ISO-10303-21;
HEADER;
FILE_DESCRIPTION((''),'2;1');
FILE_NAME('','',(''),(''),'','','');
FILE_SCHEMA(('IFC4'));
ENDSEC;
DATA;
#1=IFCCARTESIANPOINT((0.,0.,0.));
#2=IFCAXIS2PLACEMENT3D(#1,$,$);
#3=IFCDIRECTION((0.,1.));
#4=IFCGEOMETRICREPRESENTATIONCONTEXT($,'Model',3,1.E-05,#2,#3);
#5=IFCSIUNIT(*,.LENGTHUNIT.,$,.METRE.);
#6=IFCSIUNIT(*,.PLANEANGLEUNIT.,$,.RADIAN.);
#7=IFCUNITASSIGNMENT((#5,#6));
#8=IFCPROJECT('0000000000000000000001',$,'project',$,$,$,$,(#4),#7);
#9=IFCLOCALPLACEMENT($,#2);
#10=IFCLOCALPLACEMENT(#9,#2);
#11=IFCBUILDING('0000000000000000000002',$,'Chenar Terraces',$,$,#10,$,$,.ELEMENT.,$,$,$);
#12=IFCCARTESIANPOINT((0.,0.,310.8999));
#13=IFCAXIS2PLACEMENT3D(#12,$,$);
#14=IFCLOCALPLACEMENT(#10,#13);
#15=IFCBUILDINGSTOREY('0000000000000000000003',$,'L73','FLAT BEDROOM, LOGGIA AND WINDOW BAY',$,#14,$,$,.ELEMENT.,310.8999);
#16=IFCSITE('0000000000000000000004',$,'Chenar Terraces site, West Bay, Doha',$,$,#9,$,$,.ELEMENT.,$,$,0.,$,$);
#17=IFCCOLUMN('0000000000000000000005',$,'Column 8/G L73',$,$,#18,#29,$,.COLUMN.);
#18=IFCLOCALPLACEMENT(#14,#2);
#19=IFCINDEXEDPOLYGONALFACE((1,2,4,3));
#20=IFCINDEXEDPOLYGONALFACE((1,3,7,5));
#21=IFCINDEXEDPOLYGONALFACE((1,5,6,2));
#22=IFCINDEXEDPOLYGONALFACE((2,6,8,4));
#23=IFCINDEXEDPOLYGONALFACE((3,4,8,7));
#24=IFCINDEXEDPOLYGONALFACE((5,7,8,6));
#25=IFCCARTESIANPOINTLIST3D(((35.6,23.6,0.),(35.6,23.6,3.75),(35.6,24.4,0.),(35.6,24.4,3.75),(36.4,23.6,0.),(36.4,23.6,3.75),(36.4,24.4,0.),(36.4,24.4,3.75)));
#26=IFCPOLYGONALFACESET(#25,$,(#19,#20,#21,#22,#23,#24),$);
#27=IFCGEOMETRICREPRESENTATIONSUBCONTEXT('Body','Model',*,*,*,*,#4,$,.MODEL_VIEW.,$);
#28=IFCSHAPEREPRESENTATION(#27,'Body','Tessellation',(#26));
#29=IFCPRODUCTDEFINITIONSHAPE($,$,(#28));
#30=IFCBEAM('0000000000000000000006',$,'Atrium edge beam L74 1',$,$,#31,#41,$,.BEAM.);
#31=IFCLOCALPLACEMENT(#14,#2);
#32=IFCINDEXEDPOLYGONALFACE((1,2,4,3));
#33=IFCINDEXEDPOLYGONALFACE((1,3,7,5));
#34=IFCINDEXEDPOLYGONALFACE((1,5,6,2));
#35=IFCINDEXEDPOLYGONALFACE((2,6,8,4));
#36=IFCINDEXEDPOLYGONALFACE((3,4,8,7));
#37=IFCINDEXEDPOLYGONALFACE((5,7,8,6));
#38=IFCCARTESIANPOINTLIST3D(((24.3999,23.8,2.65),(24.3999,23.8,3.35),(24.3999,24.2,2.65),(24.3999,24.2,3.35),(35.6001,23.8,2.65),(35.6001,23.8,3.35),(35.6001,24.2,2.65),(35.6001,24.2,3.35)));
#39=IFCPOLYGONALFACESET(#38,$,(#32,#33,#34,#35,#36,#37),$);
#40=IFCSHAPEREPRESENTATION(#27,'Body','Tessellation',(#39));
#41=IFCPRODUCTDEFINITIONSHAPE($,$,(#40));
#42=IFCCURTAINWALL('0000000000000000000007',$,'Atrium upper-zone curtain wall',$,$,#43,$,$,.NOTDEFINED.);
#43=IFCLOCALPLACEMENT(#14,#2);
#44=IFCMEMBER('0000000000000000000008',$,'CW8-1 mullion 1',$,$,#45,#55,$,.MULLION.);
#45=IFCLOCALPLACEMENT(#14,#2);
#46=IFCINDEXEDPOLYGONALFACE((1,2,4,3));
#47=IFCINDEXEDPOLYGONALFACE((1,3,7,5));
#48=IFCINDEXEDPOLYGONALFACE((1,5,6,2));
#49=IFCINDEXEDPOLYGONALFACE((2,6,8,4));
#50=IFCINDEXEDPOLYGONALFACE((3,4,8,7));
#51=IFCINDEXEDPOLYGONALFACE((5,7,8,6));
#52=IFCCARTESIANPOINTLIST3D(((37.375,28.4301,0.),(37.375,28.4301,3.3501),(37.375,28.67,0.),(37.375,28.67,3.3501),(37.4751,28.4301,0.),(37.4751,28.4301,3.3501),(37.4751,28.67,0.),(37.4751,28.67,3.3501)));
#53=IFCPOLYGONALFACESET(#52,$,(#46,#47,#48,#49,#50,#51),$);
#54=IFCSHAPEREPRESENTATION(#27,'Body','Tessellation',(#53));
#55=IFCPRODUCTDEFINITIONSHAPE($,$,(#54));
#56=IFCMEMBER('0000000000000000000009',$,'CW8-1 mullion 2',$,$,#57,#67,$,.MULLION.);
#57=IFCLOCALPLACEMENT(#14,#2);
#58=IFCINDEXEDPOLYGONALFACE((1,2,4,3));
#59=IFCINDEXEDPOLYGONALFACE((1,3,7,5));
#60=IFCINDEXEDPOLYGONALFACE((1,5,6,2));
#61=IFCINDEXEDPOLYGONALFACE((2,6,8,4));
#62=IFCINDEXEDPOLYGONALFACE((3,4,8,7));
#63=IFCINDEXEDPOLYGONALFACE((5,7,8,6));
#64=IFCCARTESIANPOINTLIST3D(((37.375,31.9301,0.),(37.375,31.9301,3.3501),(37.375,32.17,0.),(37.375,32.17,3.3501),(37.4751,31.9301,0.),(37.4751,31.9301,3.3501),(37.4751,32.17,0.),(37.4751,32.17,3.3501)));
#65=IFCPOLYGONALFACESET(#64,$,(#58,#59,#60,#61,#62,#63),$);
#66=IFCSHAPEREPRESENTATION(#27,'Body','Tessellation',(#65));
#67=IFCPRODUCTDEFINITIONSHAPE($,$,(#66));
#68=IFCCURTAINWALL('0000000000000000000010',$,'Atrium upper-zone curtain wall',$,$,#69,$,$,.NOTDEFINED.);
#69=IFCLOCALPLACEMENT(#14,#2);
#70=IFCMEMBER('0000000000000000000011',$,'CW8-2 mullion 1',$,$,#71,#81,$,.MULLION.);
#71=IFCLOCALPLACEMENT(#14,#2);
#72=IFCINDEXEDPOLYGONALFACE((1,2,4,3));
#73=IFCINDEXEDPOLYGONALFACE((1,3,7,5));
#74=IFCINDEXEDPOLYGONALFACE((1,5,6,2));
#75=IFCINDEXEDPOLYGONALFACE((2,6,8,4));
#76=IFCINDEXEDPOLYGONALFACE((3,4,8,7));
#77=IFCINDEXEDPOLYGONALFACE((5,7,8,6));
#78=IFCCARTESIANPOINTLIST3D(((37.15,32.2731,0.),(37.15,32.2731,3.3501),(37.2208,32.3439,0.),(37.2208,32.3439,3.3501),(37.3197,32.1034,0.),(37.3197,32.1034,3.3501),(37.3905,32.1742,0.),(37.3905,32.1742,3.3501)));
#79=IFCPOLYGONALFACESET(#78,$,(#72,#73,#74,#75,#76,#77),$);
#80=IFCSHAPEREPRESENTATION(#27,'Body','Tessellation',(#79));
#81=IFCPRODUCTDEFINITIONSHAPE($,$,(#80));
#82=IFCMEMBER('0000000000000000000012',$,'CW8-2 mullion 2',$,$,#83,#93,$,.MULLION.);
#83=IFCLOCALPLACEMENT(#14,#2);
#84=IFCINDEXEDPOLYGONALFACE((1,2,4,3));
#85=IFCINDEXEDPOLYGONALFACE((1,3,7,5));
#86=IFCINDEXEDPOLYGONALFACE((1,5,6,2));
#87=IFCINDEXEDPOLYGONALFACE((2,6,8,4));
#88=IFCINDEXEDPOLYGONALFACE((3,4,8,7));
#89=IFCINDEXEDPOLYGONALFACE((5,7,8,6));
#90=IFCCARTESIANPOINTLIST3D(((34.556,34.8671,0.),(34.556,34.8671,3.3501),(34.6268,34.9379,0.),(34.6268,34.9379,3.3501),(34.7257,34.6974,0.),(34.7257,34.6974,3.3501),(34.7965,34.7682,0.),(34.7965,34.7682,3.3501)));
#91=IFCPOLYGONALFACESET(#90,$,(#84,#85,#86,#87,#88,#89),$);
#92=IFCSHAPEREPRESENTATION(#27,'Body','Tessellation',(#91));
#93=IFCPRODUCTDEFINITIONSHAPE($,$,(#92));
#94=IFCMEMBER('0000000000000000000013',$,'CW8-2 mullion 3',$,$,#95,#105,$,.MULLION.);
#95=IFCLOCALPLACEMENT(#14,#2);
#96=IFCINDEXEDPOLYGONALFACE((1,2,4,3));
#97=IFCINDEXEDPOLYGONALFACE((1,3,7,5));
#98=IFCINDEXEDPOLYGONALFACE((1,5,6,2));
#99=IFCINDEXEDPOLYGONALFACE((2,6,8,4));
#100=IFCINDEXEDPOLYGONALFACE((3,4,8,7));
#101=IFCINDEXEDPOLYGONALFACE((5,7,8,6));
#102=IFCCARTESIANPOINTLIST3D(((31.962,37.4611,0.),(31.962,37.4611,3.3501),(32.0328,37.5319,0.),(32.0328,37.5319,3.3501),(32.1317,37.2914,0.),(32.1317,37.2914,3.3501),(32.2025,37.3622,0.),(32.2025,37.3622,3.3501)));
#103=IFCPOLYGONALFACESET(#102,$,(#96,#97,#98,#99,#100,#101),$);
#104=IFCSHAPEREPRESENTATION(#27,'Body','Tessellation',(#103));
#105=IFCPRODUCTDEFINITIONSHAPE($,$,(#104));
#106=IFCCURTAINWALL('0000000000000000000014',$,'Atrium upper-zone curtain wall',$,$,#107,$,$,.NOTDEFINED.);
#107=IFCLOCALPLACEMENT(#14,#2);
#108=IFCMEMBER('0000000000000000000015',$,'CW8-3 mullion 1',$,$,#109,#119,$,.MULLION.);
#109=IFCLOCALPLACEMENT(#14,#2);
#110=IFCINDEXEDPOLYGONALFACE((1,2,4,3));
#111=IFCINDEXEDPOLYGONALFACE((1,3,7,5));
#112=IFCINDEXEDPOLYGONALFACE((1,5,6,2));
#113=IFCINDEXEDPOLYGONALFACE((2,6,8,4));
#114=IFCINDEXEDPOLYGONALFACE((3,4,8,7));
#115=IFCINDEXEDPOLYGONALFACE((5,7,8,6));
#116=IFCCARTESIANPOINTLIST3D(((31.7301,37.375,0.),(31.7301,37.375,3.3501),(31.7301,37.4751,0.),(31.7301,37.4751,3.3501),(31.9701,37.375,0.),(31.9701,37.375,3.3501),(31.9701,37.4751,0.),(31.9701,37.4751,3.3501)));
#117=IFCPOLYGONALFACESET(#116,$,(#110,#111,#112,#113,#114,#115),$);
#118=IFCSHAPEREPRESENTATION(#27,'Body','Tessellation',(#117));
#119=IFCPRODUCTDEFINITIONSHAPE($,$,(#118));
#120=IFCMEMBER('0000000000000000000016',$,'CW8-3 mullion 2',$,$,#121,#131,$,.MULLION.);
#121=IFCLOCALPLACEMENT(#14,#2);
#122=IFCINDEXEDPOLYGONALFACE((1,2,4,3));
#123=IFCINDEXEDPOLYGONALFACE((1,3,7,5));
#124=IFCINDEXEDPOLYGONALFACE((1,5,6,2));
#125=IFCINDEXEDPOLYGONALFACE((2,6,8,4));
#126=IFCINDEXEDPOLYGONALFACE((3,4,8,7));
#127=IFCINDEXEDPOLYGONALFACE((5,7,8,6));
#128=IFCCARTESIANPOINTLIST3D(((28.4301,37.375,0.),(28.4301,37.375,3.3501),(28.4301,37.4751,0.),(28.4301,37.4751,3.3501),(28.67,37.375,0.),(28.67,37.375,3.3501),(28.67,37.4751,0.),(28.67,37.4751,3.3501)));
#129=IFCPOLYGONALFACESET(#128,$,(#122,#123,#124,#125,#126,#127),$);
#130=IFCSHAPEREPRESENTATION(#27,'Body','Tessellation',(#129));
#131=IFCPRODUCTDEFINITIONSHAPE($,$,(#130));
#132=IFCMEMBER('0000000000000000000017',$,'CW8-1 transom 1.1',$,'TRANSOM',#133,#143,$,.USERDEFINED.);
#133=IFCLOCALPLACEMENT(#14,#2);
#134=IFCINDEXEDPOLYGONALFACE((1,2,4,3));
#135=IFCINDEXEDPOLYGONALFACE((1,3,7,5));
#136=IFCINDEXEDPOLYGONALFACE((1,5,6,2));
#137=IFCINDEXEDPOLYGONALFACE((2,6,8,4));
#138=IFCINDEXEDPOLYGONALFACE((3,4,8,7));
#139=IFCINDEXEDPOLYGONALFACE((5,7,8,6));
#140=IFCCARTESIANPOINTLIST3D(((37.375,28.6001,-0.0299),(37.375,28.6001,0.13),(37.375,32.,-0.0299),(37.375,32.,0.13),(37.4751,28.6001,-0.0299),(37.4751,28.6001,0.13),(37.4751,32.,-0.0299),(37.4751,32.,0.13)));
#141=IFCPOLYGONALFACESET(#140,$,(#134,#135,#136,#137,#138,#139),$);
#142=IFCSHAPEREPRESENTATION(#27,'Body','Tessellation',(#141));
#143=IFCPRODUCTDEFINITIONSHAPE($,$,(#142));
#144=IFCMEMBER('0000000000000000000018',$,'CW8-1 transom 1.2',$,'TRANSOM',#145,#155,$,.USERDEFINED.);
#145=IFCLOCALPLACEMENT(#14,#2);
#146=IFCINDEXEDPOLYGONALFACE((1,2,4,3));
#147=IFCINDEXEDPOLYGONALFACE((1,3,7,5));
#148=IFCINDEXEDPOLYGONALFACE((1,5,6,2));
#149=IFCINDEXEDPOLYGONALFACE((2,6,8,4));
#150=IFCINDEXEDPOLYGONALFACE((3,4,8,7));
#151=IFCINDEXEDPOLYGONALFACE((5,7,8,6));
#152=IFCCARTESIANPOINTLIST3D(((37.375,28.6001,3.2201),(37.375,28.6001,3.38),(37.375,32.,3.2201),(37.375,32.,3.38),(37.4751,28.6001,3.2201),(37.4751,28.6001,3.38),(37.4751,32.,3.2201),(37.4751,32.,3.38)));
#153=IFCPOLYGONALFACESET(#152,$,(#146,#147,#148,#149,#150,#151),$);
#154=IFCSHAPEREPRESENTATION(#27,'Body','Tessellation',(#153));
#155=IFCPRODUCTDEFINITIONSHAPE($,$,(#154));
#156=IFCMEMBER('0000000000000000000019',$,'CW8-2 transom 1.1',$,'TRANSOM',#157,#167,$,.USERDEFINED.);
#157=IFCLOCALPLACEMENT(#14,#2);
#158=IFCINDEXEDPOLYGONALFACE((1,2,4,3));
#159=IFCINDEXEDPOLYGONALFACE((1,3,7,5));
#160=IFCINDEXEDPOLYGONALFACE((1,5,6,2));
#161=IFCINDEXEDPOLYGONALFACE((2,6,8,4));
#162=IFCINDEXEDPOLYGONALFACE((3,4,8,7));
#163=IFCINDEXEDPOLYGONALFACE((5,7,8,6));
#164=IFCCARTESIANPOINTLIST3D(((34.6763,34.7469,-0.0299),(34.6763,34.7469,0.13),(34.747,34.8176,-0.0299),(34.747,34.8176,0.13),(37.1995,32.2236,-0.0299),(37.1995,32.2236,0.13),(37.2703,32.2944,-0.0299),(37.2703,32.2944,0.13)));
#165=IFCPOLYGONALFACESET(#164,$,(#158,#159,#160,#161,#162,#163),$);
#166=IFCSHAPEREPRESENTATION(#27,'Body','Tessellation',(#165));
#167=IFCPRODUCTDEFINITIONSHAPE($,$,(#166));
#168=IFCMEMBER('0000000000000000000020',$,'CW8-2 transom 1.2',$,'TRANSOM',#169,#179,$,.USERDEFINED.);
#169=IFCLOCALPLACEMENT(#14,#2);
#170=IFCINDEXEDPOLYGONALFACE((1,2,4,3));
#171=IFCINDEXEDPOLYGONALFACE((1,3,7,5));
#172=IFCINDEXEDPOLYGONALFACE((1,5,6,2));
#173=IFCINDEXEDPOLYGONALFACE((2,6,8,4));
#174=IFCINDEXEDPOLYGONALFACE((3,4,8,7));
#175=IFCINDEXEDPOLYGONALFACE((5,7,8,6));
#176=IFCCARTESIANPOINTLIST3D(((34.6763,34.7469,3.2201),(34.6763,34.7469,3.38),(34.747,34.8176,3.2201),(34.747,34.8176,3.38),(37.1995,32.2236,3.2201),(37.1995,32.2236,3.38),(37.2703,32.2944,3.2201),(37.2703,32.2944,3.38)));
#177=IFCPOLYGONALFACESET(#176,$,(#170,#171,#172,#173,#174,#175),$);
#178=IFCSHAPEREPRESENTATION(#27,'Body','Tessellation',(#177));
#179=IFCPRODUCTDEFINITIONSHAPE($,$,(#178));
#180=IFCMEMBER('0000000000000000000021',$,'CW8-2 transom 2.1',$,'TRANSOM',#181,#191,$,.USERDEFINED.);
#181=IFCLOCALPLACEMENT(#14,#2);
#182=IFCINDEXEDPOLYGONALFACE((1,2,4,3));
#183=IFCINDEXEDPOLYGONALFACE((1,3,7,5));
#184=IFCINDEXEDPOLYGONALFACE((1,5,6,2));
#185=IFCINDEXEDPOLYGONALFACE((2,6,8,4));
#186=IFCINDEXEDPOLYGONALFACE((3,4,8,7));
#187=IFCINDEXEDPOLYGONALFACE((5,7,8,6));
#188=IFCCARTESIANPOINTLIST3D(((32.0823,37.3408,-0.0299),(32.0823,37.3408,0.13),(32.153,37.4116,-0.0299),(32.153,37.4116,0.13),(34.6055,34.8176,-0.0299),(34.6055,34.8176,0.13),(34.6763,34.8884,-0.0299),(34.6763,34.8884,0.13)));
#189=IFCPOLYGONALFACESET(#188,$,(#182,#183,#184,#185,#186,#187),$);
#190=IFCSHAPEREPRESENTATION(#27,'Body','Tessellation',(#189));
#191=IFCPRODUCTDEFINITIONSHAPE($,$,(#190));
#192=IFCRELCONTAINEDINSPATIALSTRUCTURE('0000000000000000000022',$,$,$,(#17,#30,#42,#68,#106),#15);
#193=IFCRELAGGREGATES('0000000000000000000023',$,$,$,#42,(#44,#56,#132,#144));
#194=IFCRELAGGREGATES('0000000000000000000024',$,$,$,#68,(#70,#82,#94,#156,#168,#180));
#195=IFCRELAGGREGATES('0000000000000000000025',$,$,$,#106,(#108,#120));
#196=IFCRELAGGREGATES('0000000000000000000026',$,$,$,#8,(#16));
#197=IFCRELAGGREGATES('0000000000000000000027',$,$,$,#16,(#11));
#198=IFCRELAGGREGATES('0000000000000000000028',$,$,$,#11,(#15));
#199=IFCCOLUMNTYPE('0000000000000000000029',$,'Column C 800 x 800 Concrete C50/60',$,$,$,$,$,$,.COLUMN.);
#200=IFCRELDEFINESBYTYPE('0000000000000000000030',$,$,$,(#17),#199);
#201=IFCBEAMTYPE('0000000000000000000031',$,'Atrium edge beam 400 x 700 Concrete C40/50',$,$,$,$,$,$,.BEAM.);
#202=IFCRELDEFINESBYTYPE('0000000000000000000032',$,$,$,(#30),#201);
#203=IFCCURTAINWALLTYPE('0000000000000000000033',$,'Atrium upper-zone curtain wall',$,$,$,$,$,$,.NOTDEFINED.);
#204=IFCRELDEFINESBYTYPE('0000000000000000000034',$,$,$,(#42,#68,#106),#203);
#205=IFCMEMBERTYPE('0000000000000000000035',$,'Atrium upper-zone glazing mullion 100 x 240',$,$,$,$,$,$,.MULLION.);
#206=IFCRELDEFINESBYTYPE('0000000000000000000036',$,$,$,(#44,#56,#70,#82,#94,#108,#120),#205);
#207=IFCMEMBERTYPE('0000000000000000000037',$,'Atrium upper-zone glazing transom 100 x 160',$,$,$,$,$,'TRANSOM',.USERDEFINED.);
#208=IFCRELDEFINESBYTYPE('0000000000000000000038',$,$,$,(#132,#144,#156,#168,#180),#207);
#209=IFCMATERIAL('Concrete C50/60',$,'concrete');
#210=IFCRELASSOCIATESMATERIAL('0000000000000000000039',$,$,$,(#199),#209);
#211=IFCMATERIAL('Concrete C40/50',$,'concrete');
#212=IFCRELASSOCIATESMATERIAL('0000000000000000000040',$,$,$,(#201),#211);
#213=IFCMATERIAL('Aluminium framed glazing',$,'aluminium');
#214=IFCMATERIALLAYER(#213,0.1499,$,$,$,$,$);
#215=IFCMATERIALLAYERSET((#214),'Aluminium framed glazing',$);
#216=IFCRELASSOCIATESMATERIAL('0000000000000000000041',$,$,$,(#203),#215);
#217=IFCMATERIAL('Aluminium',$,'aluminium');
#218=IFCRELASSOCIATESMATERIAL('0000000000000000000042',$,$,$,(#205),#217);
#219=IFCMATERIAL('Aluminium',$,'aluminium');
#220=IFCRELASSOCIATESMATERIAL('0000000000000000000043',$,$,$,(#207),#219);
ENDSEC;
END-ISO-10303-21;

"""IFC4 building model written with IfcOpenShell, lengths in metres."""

from ifc_helpers import new_model, si_unit, direction, frame, origin, origin_2d, place, context, subcontext, project, spatial, rectangle, extrude, material, layer, layer_set, material_profile, profile_set, type_object, element, aggregate, save


model = new_model("IFC4")

# Units and contexts
model_context = context("Model", 3, precision=1e-05, world=origin(), true_north=direction((0.0, 1.0)))
body_context = subcontext(model_context, "Body", "Model", "MODEL_VIEW")
ifc_project = project(units=[si_unit("LENGTHUNIT", "METRE"), si_unit("PLANEANGLEUNIT", "RADIAN")], contexts=[model_context])

# Site, building, storey
site_placement = place(None, origin())
site = spatial("IfcSite", under=ifc_project, at=site_placement, Name="Chenar Terraces site, West Bay, Doha", CompositionType="ELEMENT", RefElevation=0.0)
building_placement = place(site_placement, origin())
building = spatial("IfcBuilding", under=site, at=building_placement, Name="Chenar Terraces", CompositionType="ELEMENT")
storey_placement = place(building_placement, frame((0.0, 0.0, 310.8999)))
storey = spatial("IfcBuildingStorey", under=building, at=storey_placement, Name="L73", Description="FLAT BEDROOM, LOGGIA AND WINDOW BAY", CompositionType="ELEMENT", Elevation=310.8999)

# Column
ifc_material_1 = material(Name="Concrete C50/60", Category="concrete")
ifc_material_profile_1 = material_profile(ifc_material_1, rectangle(XDim=0.8, YDim=0.8, at=origin_2d()), Name="C 800 x 800")
ifc_profile_set_1 = profile_set([ifc_material_profile_1], Name="Concrete C50/60")
column_type = type_object("IfcColumnType", Name="Column C 800 x 800 Concrete C50/60", PredefinedType="COLUMN", material=ifc_profile_set_1)
column_placement = place(storey_placement, frame((36.0, 24.0, 0.0), z_axis=(0.0, 0.0, 1.0), x_axis=(1.0, 0.0, 0.0)))
element("IfcColumn", 1, at=column_placement, inside=storey, type_object=column_type, Name="Column 8/G L73", PredefinedType="COLUMN", context=body_context, shape_type="SweptSolid", body=[
    extrude(rectangle(XDim=0.8, YDim=0.8, at=origin_2d()), origin(), (0.0, 0.0, 1.0), 3.75),
])

# Beam
ifc_material_2 = material(Name="Concrete C40/50", Category="concrete")
ifc_material_profile_2 = material_profile(ifc_material_2, rectangle(XDim=0.3999, YDim=0.7, at=origin_2d()), Name="RC 400 x 700")
ifc_profile_set_2 = profile_set([ifc_material_profile_2], Name="Concrete C40/50")
beam_type = type_object("IfcBeamType", Name="Atrium edge beam 400 x 700 Concrete C40/50", PredefinedType="BEAM", material=ifc_profile_set_2)
beam_placement = place(storey_placement, frame((24.3999, 24.0, 3.0), z_axis=(1.0, 0.0, 0.0), x_axis=(0.0, 1.0, 0.0)))
element("IfcBeam", 2, at=beam_placement, inside=storey, type_object=beam_type, Name="Atrium edge beam L74 1", PredefinedType="BEAM", context=body_context, shape_type="SweptSolid", body=[
    extrude(rectangle(XDim=0.3999, YDim=0.7, at=origin_2d()), origin(), (0.0, 0.0, 1.0), 11.2002),
])

# Curtain walls, members
ifc_material_3 = material(Name="Aluminium framed glazing", Category="aluminium")
ifc_layer_1 = layer(ifc_material_3, 0.1499)
ifc_layer_set_1 = layer_set([ifc_layer_1], Name="Aluminium framed glazing")
curtain_wall_type = type_object("IfcCurtainWallType", Name="Atrium upper-zone curtain wall", PredefinedType="NOTDEFINED", material=ifc_layer_set_1)
placement = place(storey_placement, origin())
curtain_wall_1 = element("IfcCurtainWall", 3, at=placement, inside=storey, type_object=curtain_wall_type, Name="Atrium upper-zone curtain wall", PredefinedType="NOTDEFINED")
ifc_material_4 = material(Name="Aluminium", Category="aluminium")
ifc_material_profile_3 = material_profile(ifc_material_4, rectangle(XDim=0.1001, YDim=0.24, at=origin_2d()), Name="Atrium upper-zone glazing mullion 100 x 240")
ifc_profile_set_3 = profile_set([ifc_material_profile_3], Name="Aluminium")
member_type_1 = type_object("IfcMemberType", Name="Atrium upper-zone glazing mullion 100 x 240", PredefinedType="MULLION", material=ifc_profile_set_3)
member_1_placement = place(storey_placement, frame((37.425, 28.55, 0.0), z_axis=(0.0, 0.0, 1.0), x_axis=(-1.0, 0.0, 0.0)))
member_1 = element("IfcMember", 4, at=member_1_placement, type_object=member_type_1, Name="CW8-1 mullion 1", PredefinedType="MULLION", context=body_context, shape_type="SweptSolid", body=[
    extrude(rectangle(XDim=0.1001, YDim=0.24, at=origin_2d()), origin(), (0.0, 0.0, 1.0), 3.3501),
])
member_2_placement = place(storey_placement, frame((37.425, 32.05, 0.0), z_axis=(0.0, 0.0, 1.0), x_axis=(-1.0, 0.0, 0.0)))
member_2 = element("IfcMember", 5, at=member_2_placement, type_object=member_type_1, Name="CW8-1 mullion 2", PredefinedType="MULLION", context=body_context, shape_type="SweptSolid", body=[
    extrude(rectangle(XDim=0.1001, YDim=0.24, at=origin_2d()), origin(), (0.0, 0.0, 1.0), 3.3501),
])
curtain_wall_2 = element("IfcCurtainWall", 6, at=placement, inside=storey, type_object=curtain_wall_type, Name="Atrium upper-zone curtain wall", PredefinedType="NOTDEFINED")
member_3_placement = place(storey_placement, frame((37.2703, 32.2236, 0.0), z_axis=(0.0, 0.0, 1.0), x_axis=(-0.707107, -0.707107, 0.0)))
member_3 = element("IfcMember", 7, at=member_3_placement, type_object=member_type_1, Name="CW8-2 mullion 1", PredefinedType="MULLION", context=body_context, shape_type="SweptSolid", body=[
    extrude(rectangle(XDim=0.1001, YDim=0.24, at=origin_2d()), origin(), (0.0, 0.0, 1.0), 3.3501),
])
member_4_placement = place(storey_placement, frame((34.6763, 34.8176, 0.0), z_axis=(0.0, 0.0, 1.0), x_axis=(-0.707107, -0.707107, 0.0)))
member_4 = element("IfcMember", 8, at=member_4_placement, type_object=member_type_1, Name="CW8-2 mullion 2", PredefinedType="MULLION", context=body_context, shape_type="SweptSolid", body=[
    extrude(rectangle(XDim=0.1001, YDim=0.24, at=origin_2d()), origin(), (0.0, 0.0, 1.0), 3.3501),
])
member_5_placement = place(storey_placement, frame((32.0823, 37.4116, 0.0), z_axis=(0.0, 0.0, 1.0), x_axis=(-0.707107, -0.707107, 0.0)))
member_5 = element("IfcMember", 9, at=member_5_placement, type_object=member_type_1, Name="CW8-2 mullion 3", PredefinedType="MULLION", context=body_context, shape_type="SweptSolid", body=[
    extrude(rectangle(XDim=0.1001, YDim=0.24, at=origin_2d()), origin(), (0.0, 0.0, 1.0), 3.3501),
])
curtain_wall_3 = element("IfcCurtainWall", 10, at=placement, inside=storey, type_object=curtain_wall_type, Name="Atrium upper-zone curtain wall", PredefinedType="NOTDEFINED")
member_6_placement = place(storey_placement, frame((31.8501, 37.425, 0.0), z_axis=(0.0, 0.0, 1.0), x_axis=(0.0, -1.0, 0.0)))
member_6 = element("IfcMember", 11, at=member_6_placement, type_object=member_type_1, Name="CW8-3 mullion 1", PredefinedType="MULLION", context=body_context, shape_type="SweptSolid", body=[
    extrude(rectangle(XDim=0.1001, YDim=0.24, at=origin_2d()), origin(), (0.0, 0.0, 1.0), 3.3501),
])
member_7_placement = place(storey_placement, frame((28.55, 37.425, 0.0), z_axis=(0.0, 0.0, 1.0), x_axis=(0.0, -1.0, 0.0)))
member_7 = element("IfcMember", 12, at=member_7_placement, type_object=member_type_1, Name="CW8-3 mullion 2", PredefinedType="MULLION", context=body_context, shape_type="SweptSolid", body=[
    extrude(rectangle(XDim=0.1001, YDim=0.24, at=origin_2d()), origin(), (0.0, 0.0, 1.0), 3.3501),
])

# Members
ifc_material_5 = material(Name="Aluminium", Category="aluminium")
ifc_material_profile_4 = material_profile(ifc_material_5, rectangle(XDim=0.1001, YDim=0.1599, at=origin_2d()), Name="Atrium upper-zone glazing transom 100 x 160")
ifc_profile_set_4 = profile_set([ifc_material_profile_4], Name="Aluminium")
member_type_2 = type_object("IfcMemberType", Name="Atrium upper-zone glazing transom 100 x 160", ElementType="TRANSOM", PredefinedType="USERDEFINED", material=ifc_profile_set_4)
member_8_placement = place(storey_placement, frame((37.425, 28.6001, 0.05), z_axis=(0.0, 1.0, 0.0), x_axis=(-1.0, 0.0, 0.0)))
member_8 = element("IfcMember", 13, at=member_8_placement, type_object=member_type_2, Name="CW8-1 transom 1.1", ObjectType="TRANSOM", PredefinedType="USERDEFINED", context=body_context, shape_type="SweptSolid", body=[
    extrude(rectangle(XDim=0.1001, YDim=0.1599, at=origin_2d()), origin(), (0.0, 0.0, 1.0), 3.3999),
])
member_9_placement = place(storey_placement, frame((37.425, 28.6001, 3.3), z_axis=(0.0, 1.0, 0.0), x_axis=(-1.0, 0.0, 0.0)))
member_9 = element("IfcMember", 14, at=member_9_placement, type_object=member_type_2, Name="CW8-1 transom 1.2", ObjectType="TRANSOM", PredefinedType="USERDEFINED", context=body_context, shape_type="SweptSolid", body=[
    extrude(rectangle(XDim=0.1001, YDim=0.1599, at=origin_2d()), origin(), (0.0, 0.0, 1.0), 3.3999),
])
member_10_placement = place(storey_placement, frame((37.2349, 32.259, 0.05), z_axis=(-0.707107, 0.707107, 0.0), x_axis=(-0.707107, -0.707107, 0.0)))
member_10 = element("IfcMember", 15, at=member_10_placement, type_object=member_type_2, Name="CW8-2 transom 1.1", ObjectType="TRANSOM", PredefinedType="USERDEFINED", context=body_context, shape_type="SweptSolid", body=[
    extrude(rectangle(XDim=0.1001, YDim=0.1599, at=origin_2d()), origin(), (0.0, 0.0, 1.0), 3.5684),
])
member_11_placement = place(storey_placement, frame((37.2349, 32.259, 3.3), z_axis=(-0.707107, 0.707107, 0.0), x_axis=(-0.707107, -0.707107, 0.0)))
member_11 = element("IfcMember", 16, at=member_11_placement, type_object=member_type_2, Name="CW8-2 transom 1.2", ObjectType="TRANSOM", PredefinedType="USERDEFINED", context=body_context, shape_type="SweptSolid", body=[
    extrude(rectangle(XDim=0.1001, YDim=0.1599, at=origin_2d()), origin(), (0.0, 0.0, 1.0), 3.5684),
])
member_12_placement = place(storey_placement, frame((34.6409, 34.853, 0.05), z_axis=(-0.707107, 0.707107, 0.0), x_axis=(-0.707107, -0.707107, 0.0)))
member_12 = element("IfcMember", 17, at=member_12_placement, type_object=member_type_2, Name="CW8-2 transom 2.1", ObjectType="TRANSOM", PredefinedType="USERDEFINED", context=body_context, shape_type="SweptSolid", body=[
    extrude(rectangle(XDim=0.1001, YDim=0.1599, at=origin_2d()), origin(), (0.0, 0.0, 1.0), 3.5684),
])

aggregate(curtain_wall_1, [member_1, member_2, member_8, member_9])
aggregate(curtain_wall_2, [member_3, member_4, member_5, member_10, member_11, member_12])
aggregate(curtain_wall_3, [member_6, member_7])

save(model, "model.ifc")
